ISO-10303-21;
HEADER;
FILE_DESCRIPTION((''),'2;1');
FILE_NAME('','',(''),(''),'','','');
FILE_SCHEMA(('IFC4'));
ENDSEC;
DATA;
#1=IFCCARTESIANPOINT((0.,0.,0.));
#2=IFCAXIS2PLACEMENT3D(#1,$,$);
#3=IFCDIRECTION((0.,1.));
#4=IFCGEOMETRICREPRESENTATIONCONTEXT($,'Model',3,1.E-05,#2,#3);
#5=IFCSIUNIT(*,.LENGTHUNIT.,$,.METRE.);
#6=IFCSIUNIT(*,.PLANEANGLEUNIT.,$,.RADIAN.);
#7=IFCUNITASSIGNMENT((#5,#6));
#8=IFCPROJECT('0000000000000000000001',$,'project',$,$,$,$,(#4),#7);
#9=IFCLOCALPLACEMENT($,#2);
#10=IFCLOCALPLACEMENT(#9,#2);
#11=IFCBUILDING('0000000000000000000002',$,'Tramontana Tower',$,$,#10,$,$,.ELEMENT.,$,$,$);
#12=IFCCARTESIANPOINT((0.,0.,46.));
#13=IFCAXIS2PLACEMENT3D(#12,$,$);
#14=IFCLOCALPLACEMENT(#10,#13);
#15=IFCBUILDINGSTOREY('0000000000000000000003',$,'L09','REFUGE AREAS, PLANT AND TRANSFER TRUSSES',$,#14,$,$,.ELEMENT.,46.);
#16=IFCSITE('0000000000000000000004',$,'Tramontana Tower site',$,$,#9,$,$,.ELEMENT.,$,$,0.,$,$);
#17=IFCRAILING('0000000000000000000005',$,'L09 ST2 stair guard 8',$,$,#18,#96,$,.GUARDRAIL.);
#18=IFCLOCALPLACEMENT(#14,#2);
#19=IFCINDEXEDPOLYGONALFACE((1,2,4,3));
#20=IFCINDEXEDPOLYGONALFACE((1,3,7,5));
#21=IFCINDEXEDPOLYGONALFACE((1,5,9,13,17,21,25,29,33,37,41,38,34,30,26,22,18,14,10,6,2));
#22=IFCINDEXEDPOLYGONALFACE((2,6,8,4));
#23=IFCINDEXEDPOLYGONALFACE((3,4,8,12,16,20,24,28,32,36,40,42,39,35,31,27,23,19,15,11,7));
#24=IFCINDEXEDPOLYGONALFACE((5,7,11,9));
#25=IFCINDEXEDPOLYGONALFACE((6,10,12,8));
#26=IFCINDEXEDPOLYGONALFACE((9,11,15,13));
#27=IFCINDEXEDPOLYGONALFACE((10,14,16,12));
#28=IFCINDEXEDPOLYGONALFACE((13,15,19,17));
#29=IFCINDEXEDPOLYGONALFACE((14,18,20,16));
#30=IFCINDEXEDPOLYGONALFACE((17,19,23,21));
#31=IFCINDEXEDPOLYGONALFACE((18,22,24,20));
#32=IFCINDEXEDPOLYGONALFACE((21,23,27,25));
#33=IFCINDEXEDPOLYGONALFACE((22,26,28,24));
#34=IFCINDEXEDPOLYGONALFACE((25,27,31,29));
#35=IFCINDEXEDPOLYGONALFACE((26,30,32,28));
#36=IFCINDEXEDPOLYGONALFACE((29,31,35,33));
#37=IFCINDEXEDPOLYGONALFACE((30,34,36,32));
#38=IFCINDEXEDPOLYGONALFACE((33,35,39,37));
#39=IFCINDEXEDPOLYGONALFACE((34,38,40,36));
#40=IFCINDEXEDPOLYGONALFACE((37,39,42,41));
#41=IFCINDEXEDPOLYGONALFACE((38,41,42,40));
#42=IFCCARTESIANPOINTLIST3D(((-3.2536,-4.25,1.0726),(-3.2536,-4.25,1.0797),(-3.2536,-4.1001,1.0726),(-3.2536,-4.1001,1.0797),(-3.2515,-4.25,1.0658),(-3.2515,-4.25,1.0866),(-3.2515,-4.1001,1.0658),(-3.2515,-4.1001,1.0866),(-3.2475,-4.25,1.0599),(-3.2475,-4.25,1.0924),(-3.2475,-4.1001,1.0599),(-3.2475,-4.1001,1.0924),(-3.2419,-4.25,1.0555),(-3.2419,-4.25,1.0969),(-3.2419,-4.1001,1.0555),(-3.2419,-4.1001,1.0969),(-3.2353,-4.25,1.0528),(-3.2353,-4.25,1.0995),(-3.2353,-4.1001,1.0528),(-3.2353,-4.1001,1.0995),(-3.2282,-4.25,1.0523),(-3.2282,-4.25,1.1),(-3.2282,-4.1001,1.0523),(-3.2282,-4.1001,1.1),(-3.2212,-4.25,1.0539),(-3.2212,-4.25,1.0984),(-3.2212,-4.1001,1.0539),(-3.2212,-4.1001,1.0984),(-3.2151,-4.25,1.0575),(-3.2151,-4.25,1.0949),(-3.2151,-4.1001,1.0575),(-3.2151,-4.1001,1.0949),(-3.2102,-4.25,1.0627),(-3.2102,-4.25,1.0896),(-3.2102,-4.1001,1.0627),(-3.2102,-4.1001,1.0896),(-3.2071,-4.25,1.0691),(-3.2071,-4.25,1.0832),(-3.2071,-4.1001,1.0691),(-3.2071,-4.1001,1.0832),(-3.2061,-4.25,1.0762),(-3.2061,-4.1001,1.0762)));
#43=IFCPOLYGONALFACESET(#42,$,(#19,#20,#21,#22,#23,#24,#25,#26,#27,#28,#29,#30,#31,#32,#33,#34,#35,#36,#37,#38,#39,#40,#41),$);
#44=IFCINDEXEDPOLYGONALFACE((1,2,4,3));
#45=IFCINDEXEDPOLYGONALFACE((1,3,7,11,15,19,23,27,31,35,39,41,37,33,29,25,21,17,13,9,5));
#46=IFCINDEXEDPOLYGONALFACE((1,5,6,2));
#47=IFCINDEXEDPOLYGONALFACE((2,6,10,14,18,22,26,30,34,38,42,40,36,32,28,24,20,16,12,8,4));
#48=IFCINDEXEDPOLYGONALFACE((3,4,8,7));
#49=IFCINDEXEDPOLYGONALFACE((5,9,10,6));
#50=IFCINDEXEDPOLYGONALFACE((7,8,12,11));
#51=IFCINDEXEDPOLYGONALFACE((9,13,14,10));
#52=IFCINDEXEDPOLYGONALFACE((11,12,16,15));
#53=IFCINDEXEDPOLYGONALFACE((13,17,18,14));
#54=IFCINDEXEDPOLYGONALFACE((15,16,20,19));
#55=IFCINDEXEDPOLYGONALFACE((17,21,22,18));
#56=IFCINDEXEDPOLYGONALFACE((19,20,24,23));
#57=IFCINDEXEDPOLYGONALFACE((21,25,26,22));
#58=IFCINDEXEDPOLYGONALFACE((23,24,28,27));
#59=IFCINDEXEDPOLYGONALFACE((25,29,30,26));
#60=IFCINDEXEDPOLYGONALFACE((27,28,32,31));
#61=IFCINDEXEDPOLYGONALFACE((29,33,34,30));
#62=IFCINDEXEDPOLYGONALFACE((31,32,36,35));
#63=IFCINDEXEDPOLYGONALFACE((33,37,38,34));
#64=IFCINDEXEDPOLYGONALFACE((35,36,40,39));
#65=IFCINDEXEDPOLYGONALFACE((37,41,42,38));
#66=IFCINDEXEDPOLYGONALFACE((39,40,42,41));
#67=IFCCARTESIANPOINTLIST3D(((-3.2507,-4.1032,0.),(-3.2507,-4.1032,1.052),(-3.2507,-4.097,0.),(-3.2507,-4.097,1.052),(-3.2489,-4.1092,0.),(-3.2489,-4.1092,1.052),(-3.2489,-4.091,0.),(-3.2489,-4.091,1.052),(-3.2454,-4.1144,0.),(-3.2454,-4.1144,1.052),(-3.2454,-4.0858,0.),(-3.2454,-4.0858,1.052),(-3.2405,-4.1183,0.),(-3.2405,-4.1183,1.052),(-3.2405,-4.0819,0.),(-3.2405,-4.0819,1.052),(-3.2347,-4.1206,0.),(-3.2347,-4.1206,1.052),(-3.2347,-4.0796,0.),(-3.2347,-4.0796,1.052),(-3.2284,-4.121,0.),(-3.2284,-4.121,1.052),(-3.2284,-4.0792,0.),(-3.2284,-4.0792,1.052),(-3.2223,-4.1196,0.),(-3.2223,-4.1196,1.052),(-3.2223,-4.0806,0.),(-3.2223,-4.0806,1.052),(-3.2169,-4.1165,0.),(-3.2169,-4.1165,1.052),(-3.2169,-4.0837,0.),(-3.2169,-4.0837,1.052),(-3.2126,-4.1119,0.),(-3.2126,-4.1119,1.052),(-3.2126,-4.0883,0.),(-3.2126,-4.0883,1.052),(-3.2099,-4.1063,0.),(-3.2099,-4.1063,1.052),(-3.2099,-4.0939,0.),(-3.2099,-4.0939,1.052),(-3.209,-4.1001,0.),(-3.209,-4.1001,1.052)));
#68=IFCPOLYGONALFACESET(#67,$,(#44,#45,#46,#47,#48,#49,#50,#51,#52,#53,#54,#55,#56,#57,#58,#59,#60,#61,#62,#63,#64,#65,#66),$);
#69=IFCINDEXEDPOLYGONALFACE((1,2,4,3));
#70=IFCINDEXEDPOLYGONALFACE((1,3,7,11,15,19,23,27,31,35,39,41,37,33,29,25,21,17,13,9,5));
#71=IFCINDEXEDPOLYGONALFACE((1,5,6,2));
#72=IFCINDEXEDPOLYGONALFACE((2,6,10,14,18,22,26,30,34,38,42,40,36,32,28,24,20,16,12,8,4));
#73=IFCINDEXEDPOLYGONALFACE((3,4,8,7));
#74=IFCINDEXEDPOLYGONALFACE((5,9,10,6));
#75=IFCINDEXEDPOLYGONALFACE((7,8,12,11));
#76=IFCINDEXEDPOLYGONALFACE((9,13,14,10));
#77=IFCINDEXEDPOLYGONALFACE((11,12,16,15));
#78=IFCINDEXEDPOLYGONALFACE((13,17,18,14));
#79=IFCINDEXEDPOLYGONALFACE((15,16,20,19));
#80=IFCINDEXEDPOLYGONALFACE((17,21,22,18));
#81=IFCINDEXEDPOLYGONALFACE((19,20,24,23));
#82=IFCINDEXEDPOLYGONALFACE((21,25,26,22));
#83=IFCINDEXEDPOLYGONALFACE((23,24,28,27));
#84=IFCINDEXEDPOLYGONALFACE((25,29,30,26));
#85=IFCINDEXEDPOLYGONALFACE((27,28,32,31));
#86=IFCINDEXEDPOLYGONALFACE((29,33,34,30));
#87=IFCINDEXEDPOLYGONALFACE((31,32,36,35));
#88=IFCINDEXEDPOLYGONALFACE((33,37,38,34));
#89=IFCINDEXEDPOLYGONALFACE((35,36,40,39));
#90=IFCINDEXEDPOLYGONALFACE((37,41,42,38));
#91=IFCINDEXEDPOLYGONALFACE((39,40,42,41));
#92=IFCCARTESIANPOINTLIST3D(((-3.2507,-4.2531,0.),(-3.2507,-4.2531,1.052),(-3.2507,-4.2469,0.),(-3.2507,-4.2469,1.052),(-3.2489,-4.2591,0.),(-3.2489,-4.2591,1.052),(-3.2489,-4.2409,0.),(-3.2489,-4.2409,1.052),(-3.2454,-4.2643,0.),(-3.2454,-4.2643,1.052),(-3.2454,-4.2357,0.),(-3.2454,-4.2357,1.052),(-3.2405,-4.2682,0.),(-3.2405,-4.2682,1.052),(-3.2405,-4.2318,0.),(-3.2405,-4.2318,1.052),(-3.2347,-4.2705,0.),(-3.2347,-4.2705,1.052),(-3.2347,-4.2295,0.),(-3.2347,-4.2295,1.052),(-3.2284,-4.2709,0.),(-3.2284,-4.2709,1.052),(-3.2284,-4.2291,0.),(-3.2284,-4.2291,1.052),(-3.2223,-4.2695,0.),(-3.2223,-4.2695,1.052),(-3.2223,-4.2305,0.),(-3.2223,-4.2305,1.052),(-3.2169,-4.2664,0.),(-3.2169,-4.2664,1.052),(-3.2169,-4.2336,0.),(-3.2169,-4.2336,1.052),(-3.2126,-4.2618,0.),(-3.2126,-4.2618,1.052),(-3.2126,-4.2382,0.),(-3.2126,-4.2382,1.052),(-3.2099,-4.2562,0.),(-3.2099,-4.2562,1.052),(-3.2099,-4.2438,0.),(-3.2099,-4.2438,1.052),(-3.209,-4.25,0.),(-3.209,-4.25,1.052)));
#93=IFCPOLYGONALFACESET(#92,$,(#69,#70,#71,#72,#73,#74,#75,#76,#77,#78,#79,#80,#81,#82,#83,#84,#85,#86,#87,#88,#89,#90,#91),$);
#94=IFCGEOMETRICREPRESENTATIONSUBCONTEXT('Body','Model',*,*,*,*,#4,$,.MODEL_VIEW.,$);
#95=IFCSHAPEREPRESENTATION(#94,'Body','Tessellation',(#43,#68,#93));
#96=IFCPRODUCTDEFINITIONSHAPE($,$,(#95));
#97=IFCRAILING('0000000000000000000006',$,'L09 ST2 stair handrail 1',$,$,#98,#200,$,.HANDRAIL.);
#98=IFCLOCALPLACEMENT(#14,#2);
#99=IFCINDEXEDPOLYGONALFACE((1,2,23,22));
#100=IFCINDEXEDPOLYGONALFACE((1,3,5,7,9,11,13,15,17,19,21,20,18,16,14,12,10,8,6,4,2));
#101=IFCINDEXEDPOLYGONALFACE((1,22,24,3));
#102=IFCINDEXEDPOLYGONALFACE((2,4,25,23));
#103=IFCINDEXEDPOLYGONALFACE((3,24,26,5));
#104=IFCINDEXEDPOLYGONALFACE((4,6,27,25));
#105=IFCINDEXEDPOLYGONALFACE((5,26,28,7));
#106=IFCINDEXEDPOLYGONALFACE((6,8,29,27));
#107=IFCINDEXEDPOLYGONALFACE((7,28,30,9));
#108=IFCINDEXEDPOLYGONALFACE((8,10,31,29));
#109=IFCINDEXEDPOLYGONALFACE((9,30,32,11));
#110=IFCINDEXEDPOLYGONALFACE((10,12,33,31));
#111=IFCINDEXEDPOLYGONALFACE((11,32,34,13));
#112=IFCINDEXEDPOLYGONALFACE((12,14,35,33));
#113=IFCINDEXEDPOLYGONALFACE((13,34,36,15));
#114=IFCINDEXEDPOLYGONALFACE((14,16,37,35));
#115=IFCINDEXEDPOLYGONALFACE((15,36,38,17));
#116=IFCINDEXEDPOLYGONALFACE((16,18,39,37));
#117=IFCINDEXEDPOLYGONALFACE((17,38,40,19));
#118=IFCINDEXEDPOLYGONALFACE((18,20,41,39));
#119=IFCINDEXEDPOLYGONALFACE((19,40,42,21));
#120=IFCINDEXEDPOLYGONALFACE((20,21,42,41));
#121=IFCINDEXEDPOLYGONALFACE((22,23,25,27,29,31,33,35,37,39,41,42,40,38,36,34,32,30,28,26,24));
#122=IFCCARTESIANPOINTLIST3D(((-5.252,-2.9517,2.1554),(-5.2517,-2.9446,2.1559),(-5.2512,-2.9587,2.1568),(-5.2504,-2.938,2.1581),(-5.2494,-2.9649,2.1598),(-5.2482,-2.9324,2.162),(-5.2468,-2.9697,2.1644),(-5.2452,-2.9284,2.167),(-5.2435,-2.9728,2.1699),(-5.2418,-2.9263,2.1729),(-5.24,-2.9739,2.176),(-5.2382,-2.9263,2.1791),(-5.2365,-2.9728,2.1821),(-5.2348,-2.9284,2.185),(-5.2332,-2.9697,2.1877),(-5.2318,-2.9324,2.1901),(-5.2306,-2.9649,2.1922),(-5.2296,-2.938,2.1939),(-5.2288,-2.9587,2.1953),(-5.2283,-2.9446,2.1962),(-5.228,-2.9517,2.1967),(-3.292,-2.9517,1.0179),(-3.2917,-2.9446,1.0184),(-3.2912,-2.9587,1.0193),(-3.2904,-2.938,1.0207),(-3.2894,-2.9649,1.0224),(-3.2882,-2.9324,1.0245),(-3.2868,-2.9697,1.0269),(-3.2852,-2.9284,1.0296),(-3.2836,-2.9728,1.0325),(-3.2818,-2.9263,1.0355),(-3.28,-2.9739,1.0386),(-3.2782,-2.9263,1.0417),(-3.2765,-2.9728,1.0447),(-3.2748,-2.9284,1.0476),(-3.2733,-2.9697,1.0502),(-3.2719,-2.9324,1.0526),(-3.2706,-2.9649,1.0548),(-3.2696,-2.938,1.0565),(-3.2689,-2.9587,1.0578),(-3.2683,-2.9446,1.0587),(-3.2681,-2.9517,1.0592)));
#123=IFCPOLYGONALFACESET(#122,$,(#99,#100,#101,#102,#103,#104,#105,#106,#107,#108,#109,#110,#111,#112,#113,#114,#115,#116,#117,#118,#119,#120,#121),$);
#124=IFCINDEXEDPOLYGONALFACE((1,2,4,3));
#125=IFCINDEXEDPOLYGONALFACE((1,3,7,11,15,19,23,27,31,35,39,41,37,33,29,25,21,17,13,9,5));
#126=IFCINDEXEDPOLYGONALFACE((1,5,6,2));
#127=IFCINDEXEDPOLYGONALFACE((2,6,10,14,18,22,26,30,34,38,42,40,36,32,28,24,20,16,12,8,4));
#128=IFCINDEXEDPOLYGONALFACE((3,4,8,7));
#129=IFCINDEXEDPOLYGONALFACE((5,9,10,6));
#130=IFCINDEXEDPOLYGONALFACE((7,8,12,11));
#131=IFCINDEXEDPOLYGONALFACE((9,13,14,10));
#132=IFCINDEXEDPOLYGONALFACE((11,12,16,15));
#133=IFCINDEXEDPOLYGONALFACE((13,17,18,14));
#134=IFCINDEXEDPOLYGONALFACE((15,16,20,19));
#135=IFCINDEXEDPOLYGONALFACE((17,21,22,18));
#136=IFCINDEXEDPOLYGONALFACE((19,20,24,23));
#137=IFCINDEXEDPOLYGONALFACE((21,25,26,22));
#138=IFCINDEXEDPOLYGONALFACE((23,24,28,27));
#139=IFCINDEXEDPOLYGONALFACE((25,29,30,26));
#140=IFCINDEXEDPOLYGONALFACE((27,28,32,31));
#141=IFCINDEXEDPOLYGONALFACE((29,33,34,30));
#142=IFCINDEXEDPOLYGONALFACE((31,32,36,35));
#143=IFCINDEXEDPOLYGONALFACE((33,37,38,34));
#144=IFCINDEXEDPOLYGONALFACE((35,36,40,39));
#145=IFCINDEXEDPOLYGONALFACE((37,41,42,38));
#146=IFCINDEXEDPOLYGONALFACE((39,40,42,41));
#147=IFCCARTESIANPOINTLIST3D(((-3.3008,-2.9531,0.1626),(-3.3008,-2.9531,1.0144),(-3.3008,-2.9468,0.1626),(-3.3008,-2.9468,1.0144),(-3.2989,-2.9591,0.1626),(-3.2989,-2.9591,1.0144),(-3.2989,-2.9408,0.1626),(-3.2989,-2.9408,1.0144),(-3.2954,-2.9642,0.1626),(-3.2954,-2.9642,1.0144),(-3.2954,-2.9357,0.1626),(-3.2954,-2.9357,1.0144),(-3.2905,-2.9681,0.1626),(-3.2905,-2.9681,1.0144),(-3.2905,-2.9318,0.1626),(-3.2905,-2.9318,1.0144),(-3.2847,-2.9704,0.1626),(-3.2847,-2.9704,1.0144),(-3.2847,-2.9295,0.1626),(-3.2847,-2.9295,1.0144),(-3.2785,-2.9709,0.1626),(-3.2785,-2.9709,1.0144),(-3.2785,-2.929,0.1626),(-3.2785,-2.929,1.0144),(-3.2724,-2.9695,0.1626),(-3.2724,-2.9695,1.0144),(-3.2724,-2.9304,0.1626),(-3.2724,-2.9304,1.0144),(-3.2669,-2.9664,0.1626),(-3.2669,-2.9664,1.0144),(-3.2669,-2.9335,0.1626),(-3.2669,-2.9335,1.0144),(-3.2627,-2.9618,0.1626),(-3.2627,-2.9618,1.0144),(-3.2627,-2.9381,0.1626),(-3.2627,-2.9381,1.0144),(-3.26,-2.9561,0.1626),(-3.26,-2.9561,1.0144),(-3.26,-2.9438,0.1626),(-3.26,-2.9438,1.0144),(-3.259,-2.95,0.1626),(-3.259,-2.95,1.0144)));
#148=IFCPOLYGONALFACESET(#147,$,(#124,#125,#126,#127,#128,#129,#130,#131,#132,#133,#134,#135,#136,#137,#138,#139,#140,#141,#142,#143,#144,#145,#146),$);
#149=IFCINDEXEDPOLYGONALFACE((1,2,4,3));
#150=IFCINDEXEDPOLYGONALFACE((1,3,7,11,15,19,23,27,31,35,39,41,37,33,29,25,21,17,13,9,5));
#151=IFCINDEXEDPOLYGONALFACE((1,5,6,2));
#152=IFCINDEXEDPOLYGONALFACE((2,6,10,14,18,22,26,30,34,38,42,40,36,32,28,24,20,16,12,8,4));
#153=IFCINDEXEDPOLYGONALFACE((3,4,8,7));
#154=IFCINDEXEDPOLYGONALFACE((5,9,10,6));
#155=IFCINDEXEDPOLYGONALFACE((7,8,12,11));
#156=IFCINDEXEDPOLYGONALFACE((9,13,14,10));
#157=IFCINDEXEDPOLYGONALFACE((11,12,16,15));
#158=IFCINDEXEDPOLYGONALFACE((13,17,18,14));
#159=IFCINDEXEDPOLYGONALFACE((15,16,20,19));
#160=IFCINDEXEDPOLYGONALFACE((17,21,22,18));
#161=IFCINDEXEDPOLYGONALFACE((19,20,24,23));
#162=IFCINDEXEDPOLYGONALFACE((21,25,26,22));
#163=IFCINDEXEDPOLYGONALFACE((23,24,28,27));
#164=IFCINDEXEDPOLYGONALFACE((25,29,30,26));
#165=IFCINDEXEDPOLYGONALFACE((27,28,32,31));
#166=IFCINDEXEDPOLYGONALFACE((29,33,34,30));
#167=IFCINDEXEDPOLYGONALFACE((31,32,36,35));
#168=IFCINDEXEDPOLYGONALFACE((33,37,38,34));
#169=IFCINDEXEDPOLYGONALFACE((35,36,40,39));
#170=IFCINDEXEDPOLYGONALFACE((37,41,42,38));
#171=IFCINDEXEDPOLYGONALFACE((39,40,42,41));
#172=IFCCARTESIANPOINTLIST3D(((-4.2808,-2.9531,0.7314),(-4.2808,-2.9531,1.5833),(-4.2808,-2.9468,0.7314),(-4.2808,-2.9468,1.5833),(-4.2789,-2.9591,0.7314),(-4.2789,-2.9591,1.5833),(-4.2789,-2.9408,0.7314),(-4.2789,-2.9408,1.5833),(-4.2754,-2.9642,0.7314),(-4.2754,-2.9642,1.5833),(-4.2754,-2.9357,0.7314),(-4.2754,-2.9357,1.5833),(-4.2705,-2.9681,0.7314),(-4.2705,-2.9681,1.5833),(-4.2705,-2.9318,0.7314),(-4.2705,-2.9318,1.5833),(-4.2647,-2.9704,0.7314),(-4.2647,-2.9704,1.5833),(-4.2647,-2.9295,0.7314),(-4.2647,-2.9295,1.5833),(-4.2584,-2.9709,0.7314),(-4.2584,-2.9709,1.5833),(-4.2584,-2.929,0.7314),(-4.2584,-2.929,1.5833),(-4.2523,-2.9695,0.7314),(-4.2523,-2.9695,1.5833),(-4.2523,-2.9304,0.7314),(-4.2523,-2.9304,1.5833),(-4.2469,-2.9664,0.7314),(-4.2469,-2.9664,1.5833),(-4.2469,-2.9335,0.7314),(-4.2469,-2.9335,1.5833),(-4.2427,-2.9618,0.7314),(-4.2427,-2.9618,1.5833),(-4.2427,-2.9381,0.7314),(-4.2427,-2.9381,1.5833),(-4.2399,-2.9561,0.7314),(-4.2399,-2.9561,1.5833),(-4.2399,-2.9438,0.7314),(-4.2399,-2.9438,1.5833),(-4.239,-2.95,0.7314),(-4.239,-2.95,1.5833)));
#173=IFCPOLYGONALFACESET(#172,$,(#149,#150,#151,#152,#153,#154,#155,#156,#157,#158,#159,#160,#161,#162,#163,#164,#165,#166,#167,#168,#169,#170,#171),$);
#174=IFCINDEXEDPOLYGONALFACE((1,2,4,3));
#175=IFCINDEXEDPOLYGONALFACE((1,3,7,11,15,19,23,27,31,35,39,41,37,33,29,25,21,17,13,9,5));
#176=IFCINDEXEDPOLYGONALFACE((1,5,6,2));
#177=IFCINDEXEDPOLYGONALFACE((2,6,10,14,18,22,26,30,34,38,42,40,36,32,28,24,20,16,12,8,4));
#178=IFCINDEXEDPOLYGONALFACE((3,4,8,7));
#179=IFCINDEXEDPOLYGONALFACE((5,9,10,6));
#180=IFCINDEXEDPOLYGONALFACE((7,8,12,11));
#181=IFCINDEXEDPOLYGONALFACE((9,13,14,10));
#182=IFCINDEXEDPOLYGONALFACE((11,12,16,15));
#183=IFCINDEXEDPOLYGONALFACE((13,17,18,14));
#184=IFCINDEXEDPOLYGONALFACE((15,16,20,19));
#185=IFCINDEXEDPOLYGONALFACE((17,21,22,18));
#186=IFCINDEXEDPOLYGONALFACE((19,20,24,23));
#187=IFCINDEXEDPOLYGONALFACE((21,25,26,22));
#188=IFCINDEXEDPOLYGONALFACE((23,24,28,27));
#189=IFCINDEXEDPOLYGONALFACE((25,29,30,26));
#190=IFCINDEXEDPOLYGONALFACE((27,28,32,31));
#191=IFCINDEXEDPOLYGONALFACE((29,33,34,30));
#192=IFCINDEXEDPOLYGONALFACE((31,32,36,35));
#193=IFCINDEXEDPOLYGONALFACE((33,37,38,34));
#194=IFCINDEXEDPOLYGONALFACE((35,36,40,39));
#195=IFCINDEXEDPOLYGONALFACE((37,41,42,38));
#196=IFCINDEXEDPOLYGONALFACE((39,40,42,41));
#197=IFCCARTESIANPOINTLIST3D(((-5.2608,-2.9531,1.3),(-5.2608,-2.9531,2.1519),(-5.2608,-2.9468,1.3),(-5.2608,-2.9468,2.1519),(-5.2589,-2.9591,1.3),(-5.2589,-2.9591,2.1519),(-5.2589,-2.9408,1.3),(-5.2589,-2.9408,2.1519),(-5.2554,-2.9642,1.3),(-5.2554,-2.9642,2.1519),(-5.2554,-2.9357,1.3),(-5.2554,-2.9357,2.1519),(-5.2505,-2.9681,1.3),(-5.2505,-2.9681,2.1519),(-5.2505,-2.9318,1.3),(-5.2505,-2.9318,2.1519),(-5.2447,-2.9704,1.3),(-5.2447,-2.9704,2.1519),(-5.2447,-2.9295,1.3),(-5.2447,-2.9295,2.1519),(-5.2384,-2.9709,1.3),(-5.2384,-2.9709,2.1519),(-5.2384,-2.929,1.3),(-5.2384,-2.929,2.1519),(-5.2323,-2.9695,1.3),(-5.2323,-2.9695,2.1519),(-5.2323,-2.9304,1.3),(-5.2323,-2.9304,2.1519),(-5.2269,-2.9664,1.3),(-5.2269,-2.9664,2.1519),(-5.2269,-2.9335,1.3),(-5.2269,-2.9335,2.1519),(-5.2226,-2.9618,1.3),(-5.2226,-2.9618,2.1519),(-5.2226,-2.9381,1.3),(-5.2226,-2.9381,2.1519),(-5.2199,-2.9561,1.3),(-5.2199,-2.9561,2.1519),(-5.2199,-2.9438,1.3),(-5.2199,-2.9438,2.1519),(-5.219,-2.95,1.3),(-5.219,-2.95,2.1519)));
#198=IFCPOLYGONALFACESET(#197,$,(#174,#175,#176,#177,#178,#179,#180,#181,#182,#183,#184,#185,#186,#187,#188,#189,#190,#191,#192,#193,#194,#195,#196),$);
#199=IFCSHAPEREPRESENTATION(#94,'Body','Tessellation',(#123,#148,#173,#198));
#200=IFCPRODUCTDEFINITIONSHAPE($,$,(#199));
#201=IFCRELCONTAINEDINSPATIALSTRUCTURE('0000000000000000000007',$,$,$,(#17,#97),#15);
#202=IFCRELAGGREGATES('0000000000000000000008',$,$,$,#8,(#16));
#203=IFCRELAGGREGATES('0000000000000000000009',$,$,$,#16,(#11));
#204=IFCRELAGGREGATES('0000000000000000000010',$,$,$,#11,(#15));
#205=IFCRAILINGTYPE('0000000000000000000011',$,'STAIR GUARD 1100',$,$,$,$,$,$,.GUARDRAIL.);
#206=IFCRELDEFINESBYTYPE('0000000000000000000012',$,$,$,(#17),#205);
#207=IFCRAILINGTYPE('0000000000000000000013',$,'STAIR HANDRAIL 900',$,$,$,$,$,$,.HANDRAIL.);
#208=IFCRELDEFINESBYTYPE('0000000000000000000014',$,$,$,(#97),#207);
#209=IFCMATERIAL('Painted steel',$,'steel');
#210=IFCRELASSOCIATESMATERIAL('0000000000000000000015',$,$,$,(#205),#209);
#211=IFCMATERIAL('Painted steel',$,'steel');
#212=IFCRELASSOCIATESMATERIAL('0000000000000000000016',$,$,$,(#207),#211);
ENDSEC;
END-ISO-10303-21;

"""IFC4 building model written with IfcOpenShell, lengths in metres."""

from ifc_helpers import new_model, si_unit, direction, frame, origin, origin_2d, place, context, subcontext, project, spatial, circle, extrude, material, type_object, element, save


model = new_model("IFC4")

# Units and contexts
model_context = context("Model", 3, precision=1e-05, world=origin(), true_north=direction((0.0, 1.0)))
body_context = subcontext(model_context, "Body", "Model", "MODEL_VIEW")
ifc_project = project(units=[si_unit("LENGTHUNIT", "METRE"), si_unit("PLANEANGLEUNIT", "RADIAN")], contexts=[model_context])

# Site, building, storey
site_placement = place(None, origin())
site = spatial("IfcSite", under=ifc_project, at=site_placement, Name="Tramontana Tower site", CompositionType="ELEMENT", RefElevation=0.0)
building_placement = place(site_placement, origin())
building = spatial("IfcBuilding", under=site, at=building_placement, Name="Tramontana Tower", CompositionType="ELEMENT")
storey_placement = place(building_placement, frame((0.0, 0.0, 46.0)))
storey = spatial("IfcBuildingStorey", under=building, at=storey_placement, Name="L09", Description="REFUGE AREAS, PLANT AND TRANSFER TRUSSES", CompositionType="ELEMENT", Elevation=46.0)

# Railings
ifc_material_1 = material(Name="Painted steel", Category="steel")
railing_type_1 = type_object("IfcRailingType", Name="STAIR GUARD 1100", PredefinedType="GUARDRAIL", material=ifc_material_1)
for number, where, name in (
    (1, (-3.23, -4.1001, 0.0), "L09 ST2 stair guard 8"),
):
    element("IfcRailing", number, at=place(storey_placement, frame(where)), inside=storey, type_object=railing_type_1, Name=name, PredefinedType="GUARDRAIL", context=body_context, shape_type="SweptSolid", body=[
        extrude(circle(Radius=0.0239, at=origin_2d()), frame((0.0, 0.0, 1.0762), z_axis=(0.0, -1.0, 0.0), x_axis=(1.0, 0.0, 0.0)), (0.0, 0.0, 1.0), 0.1499),
        extrude(circle(Radius=0.021, at=origin_2d()), origin(), (0.0, 0.0, 1.0), 1.052),
        extrude(circle(Radius=0.021, at=origin_2d()), frame((0.0, -0.1499, 0.0)), (0.0, 0.0, 1.0), 1.052),
    ])
ifc_material_2 = material(Name="Painted steel", Category="steel")
railing_type_2 = type_object("IfcRailingType", Name="STAIR HANDRAIL 900", PredefinedType="HANDRAIL", material=ifc_material_2)
railing_1_placement = place(storey_placement, frame((-3.28, -2.95, 0.1626)))
element("IfcRailing", 2, at=railing_1_placement, inside=storey, type_object=railing_type_2, Name="L09 ST2 stair handrail 1", PredefinedType="HANDRAIL", context=body_context, shape_type="SweptSolid", body=[
    extrude(circle(Radius=0.0239, at=origin_2d()), frame((0.0, 0.0, 0.876), z_axis=(-0.864902, 0.0, 0.501941), x_axis=(0.0, -1.0, 0.0)), (0.0, 0.0, 1.0), 2.2661),
    extrude(circle(Radius=0.021, at=origin_2d()), origin(), (0.0, 0.0, 1.0), 0.8518),
    extrude(circle(Radius=0.021, at=origin_2d()), frame((-0.98, 0.0, 0.5688)), (0.0, 0.0, 1.0), 0.8518),
    extrude(circle(Radius=0.021, at=origin_2d()), frame((-1.96, 0.0, 1.1375)), (0.0, 0.0, 1.0), 0.8518),
])

save(model, "model.ifc")
